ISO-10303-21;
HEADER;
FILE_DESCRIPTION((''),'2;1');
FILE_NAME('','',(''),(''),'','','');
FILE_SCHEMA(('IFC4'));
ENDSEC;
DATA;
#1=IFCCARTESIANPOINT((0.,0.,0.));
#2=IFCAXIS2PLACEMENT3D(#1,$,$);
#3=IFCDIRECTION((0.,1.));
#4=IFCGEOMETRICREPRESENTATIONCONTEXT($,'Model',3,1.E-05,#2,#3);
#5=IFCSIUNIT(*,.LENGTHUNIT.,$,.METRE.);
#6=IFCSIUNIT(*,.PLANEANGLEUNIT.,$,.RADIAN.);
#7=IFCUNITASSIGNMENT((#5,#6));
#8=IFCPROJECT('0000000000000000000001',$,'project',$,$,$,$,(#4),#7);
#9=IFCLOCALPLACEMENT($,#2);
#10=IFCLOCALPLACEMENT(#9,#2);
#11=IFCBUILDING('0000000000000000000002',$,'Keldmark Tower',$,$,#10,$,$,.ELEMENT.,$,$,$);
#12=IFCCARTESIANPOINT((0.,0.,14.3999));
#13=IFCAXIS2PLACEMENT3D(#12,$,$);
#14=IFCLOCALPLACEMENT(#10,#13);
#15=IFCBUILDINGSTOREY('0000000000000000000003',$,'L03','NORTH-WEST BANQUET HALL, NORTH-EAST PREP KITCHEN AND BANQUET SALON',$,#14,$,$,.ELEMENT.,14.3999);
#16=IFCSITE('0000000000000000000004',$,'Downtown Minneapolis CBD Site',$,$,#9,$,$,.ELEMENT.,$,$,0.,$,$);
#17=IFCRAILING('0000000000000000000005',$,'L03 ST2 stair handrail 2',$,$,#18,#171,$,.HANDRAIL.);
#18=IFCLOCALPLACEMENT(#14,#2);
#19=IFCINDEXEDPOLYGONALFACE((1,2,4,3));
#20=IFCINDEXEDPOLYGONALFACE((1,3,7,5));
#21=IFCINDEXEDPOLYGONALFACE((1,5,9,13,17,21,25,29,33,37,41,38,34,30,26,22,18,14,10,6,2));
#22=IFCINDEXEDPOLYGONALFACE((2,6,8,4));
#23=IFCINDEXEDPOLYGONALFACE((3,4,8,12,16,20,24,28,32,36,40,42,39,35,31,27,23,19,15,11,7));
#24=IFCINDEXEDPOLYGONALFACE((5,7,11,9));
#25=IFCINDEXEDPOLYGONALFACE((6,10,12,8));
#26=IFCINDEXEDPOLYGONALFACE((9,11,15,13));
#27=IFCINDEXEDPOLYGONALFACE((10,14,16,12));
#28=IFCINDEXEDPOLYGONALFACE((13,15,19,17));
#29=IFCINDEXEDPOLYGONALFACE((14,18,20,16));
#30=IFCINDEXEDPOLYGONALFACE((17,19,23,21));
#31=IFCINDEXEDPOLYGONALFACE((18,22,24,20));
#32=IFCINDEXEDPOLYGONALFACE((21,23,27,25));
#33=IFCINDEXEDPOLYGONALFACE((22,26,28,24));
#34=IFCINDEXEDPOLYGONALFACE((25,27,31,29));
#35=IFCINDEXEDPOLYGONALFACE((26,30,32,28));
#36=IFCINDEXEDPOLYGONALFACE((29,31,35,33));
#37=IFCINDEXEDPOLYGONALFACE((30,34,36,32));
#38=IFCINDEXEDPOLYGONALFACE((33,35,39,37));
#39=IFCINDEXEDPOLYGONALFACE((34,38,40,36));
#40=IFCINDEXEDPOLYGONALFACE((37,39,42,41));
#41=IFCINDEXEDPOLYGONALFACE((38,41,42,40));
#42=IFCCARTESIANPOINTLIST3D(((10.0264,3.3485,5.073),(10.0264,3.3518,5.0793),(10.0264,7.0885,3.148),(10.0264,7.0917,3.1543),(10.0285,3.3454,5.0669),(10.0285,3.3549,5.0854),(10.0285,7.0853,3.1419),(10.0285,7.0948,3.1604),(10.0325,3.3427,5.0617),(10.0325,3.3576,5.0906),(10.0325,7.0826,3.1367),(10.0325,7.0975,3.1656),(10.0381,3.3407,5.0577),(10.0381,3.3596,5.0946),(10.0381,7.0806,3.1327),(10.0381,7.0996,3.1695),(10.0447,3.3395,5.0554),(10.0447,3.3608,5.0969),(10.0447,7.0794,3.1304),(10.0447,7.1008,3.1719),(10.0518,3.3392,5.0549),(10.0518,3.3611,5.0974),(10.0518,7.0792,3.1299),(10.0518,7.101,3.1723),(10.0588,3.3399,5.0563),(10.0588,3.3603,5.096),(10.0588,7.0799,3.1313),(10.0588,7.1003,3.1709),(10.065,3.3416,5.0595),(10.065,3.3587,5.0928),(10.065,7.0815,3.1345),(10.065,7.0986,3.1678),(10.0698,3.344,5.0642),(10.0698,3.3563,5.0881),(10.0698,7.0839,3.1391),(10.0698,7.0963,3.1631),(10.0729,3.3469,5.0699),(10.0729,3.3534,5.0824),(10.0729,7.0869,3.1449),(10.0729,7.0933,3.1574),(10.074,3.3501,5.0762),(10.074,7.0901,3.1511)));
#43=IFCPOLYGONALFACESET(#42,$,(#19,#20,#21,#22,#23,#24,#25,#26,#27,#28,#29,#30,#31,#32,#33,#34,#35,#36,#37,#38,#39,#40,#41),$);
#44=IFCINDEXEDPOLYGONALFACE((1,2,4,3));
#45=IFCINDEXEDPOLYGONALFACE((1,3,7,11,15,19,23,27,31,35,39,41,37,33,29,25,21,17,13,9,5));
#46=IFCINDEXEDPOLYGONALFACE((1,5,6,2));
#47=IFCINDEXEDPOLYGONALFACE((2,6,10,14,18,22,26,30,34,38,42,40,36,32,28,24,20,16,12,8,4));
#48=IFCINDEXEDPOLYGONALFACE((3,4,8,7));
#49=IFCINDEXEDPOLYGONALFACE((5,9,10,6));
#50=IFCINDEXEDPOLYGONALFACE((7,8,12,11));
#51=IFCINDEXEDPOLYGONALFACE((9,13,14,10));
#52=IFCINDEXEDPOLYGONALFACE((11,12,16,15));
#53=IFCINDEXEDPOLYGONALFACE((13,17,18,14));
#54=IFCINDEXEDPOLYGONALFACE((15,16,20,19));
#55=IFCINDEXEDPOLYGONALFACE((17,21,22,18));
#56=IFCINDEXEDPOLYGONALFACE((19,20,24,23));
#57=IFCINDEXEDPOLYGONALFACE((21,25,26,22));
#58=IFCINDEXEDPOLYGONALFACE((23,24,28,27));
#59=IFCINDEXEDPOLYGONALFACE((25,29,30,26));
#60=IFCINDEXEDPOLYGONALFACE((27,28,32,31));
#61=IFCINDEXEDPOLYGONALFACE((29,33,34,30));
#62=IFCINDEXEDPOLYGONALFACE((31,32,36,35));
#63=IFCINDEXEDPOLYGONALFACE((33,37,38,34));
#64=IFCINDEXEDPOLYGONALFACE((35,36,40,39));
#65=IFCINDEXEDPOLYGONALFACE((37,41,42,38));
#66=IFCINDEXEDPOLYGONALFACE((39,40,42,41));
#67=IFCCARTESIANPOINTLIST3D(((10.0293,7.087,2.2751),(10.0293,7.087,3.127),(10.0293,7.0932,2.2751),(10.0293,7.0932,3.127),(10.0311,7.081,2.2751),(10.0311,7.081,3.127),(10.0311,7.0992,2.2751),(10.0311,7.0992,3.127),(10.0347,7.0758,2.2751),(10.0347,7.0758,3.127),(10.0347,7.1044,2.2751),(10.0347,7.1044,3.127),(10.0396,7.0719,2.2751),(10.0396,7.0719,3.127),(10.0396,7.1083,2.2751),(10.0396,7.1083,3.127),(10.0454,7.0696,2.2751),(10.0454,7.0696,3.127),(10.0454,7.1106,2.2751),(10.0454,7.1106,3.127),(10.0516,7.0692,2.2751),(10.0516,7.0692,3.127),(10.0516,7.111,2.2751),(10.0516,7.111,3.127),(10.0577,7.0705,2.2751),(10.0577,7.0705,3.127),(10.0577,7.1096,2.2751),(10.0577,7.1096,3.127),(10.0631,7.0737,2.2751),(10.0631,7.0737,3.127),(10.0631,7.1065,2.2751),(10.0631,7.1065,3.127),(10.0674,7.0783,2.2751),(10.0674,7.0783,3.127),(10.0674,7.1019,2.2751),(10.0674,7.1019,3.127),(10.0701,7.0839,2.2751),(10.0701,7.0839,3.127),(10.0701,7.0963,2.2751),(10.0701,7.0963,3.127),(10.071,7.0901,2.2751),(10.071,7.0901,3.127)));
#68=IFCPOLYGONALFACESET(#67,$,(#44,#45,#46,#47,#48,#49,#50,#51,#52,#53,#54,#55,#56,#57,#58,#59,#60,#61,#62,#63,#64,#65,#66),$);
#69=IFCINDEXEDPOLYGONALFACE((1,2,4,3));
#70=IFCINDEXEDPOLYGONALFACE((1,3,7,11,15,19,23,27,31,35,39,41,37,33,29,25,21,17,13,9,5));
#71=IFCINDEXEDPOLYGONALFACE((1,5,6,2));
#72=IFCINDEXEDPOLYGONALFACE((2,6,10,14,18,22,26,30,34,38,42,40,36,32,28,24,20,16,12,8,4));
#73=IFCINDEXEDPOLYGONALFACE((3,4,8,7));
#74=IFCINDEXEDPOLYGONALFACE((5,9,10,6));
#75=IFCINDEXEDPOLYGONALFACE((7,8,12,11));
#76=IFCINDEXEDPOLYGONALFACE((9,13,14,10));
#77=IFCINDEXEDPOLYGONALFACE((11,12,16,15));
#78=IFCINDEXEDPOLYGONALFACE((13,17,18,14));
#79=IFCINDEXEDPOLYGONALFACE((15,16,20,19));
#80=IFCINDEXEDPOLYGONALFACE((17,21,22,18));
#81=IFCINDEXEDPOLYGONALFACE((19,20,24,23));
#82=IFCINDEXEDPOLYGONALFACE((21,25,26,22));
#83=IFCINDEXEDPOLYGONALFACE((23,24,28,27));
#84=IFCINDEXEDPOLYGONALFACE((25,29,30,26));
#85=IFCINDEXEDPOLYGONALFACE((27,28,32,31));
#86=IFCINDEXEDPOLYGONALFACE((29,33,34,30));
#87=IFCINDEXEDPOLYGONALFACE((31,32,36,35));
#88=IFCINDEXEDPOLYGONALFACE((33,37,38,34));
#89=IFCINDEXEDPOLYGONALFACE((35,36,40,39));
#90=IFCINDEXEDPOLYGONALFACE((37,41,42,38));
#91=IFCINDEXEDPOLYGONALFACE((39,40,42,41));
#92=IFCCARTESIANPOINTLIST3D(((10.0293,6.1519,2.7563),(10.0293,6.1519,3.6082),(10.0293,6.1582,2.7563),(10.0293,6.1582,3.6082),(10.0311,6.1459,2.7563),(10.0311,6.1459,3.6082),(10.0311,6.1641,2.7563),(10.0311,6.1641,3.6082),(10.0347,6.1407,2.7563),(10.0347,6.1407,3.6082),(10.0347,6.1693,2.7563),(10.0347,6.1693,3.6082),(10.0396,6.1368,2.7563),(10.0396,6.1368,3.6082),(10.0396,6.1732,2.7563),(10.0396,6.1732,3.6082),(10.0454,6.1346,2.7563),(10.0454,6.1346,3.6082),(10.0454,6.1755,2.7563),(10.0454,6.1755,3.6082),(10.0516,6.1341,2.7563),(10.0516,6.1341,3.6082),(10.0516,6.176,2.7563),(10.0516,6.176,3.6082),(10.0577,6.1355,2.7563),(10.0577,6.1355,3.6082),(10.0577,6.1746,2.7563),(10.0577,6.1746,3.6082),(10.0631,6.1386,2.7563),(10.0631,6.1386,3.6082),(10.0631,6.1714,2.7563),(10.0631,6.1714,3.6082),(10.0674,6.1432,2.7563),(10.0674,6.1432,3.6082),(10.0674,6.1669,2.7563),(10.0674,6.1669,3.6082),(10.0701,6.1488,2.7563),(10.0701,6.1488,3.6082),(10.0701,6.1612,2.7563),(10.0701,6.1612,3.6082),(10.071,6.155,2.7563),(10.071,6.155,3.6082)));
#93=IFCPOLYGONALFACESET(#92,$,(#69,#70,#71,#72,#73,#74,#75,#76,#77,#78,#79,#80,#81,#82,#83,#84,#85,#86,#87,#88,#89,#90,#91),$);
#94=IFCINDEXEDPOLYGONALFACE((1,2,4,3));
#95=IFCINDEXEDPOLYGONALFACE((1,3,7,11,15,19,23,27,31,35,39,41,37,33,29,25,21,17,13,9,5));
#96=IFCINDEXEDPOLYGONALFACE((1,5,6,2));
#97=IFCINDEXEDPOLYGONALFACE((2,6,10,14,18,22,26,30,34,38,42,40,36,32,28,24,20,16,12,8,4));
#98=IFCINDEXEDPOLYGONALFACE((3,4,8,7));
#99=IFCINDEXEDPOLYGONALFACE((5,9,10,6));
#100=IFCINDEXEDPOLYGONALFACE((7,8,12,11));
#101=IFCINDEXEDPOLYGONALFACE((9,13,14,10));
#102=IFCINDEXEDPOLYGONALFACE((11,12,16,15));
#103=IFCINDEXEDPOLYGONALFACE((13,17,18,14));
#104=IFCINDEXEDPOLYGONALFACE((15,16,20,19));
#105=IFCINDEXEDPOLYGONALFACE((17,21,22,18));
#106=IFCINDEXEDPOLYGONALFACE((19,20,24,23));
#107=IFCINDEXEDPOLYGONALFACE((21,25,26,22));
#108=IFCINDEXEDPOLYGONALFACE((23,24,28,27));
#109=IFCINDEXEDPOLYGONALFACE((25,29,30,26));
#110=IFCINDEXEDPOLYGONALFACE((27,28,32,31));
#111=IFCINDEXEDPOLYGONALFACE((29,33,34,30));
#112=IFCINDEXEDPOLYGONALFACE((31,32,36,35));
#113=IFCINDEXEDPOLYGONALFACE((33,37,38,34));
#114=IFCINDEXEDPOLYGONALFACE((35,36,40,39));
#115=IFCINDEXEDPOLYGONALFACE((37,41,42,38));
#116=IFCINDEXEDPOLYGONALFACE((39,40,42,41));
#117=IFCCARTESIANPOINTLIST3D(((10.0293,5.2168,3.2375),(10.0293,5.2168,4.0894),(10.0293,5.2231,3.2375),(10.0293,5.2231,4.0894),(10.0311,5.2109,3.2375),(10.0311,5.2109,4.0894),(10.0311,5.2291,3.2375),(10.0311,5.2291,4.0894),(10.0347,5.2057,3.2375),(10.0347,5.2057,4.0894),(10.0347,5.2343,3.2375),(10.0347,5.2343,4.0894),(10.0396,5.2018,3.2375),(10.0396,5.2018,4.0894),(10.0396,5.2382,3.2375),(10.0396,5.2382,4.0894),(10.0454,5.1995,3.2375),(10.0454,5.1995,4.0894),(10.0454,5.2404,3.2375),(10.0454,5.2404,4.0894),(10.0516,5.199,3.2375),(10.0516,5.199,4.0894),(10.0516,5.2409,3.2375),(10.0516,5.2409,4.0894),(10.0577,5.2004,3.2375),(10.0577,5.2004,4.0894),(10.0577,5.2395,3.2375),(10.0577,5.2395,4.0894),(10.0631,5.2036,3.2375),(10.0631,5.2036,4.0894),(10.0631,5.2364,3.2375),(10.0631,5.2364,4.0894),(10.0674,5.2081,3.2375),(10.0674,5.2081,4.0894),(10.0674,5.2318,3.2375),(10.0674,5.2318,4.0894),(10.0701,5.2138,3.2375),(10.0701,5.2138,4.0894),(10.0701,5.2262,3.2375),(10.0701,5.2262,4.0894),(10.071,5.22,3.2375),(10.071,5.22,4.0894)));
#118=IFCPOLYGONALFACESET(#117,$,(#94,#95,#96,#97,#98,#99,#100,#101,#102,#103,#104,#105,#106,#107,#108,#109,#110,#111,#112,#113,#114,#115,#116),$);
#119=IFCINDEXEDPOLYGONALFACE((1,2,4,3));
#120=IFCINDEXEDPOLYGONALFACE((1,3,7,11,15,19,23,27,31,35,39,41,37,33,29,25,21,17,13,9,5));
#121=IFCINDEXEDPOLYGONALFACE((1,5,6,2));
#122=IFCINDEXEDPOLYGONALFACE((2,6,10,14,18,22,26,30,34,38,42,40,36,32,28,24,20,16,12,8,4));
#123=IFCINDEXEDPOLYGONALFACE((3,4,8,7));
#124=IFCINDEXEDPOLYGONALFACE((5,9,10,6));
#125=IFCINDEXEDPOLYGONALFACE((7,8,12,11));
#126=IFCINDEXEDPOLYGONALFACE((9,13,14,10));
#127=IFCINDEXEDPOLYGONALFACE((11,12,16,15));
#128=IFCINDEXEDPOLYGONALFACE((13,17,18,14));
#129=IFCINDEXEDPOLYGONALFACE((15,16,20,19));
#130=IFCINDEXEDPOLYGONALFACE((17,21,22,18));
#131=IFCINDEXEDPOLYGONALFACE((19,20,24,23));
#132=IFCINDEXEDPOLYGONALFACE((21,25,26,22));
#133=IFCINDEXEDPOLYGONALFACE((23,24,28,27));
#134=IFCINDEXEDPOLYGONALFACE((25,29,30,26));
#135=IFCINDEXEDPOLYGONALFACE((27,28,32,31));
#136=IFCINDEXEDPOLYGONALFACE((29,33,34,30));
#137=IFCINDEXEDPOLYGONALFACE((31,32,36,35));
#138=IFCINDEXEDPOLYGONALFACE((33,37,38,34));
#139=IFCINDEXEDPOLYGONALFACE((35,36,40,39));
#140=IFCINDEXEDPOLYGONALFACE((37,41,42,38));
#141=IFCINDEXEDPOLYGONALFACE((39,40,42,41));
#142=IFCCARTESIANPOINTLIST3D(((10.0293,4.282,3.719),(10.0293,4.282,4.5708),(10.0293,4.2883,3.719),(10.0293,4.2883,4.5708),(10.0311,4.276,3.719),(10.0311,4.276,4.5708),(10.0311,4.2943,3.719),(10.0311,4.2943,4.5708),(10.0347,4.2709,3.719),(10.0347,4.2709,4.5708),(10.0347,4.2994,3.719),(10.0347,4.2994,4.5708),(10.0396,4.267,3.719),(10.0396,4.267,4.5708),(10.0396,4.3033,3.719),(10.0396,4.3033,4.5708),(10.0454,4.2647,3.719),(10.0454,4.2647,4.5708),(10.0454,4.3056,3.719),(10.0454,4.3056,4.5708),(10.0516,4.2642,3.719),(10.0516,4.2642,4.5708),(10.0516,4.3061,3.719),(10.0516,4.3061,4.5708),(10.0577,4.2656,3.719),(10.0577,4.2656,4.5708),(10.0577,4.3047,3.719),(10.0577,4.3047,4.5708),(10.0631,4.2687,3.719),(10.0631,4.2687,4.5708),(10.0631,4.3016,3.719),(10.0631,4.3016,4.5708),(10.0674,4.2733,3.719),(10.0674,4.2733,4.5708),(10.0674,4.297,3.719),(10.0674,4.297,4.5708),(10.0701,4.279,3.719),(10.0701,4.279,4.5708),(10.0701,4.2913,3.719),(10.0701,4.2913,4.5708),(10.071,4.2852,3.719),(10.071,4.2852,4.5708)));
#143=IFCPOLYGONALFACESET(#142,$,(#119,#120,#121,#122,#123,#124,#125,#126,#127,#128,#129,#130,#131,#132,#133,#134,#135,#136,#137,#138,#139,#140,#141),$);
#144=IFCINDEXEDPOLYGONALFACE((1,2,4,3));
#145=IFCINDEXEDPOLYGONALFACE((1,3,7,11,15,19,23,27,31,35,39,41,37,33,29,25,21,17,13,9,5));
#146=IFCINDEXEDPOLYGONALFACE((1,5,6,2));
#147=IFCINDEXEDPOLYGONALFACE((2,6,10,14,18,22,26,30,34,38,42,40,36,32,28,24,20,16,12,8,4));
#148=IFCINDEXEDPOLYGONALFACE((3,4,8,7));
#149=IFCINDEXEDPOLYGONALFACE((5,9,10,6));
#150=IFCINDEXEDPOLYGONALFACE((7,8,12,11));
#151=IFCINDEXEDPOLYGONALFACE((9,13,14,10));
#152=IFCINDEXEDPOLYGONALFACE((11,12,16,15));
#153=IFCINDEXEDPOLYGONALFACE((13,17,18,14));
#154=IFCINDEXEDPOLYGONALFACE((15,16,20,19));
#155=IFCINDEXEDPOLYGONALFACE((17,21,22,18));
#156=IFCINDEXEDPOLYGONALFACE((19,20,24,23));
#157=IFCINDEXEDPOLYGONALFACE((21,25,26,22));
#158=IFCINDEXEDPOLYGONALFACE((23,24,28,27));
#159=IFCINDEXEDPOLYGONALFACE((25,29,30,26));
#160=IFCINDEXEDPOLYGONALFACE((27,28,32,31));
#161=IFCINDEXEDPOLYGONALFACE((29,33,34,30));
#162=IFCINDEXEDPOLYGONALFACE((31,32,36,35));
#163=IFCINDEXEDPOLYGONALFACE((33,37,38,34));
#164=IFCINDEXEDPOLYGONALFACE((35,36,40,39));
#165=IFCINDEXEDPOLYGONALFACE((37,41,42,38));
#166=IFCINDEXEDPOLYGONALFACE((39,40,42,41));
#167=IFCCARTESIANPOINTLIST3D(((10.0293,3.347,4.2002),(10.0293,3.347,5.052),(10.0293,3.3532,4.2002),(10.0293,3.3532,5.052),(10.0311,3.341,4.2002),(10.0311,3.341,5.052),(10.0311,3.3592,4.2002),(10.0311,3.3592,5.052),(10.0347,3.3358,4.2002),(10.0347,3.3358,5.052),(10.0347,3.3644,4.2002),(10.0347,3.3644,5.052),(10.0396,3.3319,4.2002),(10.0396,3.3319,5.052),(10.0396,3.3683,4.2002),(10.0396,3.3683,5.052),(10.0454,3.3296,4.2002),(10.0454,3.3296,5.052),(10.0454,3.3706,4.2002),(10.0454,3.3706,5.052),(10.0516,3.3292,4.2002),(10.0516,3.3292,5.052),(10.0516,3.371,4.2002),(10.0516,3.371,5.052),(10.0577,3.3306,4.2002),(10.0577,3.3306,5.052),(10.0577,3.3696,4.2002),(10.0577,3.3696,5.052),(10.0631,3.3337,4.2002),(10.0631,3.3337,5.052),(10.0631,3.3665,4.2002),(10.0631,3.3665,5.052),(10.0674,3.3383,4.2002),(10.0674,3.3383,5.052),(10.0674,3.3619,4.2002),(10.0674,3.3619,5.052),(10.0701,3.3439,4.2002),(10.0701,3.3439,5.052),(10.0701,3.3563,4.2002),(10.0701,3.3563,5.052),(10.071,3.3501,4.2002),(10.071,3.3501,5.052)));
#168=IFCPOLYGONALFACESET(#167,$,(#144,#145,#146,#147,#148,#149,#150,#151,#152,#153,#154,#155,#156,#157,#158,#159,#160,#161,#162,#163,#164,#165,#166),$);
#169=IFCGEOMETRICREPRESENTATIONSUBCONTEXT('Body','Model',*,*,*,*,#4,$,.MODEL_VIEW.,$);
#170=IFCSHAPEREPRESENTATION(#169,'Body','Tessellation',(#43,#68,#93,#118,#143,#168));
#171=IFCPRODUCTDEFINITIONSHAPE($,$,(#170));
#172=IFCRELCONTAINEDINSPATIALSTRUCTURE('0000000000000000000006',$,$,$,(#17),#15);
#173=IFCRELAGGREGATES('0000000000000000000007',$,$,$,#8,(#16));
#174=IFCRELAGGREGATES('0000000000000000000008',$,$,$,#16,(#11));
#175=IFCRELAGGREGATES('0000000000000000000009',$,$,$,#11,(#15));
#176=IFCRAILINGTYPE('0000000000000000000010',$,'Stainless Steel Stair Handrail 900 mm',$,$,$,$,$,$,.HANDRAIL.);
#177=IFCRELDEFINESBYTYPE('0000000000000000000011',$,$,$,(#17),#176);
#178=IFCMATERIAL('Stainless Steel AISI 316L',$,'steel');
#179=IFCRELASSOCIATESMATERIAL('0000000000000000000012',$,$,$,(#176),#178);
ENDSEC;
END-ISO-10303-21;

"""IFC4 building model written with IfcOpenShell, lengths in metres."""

from ifc_helpers import new_model, si_unit, direction, frame, origin, origin_2d, place, context, subcontext, project, spatial, circle, extrude, material, type_object, element, save


model = new_model("IFC4")

# Units and contexts
model_context = context("Model", 3, precision=1e-05, world=origin(), true_north=direction((0.0, 1.0)))
body_context = subcontext(model_context, "Body", "Model", "MODEL_VIEW")
ifc_project = project(units=[si_unit("LENGTHUNIT", "METRE"), si_unit("PLANEANGLEUNIT", "RADIAN")], contexts=[model_context])

# Site, building, storey
site_placement = place(None, origin())
site = spatial("IfcSite", under=ifc_project, at=site_placement, Name="Downtown Minneapolis CBD Site", CompositionType="ELEMENT", RefElevation=0.0)
building_placement = place(site_placement, origin())
building = spatial("IfcBuilding", under=site, at=building_placement, Name="Keldmark Tower", CompositionType="ELEMENT")
storey_placement = place(building_placement, frame((0.0, 0.0, 14.3999)))
storey = spatial("IfcBuildingStorey", under=building, at=storey_placement, Name="L03", Description="NORTH-WEST BANQUET HALL, NORTH-EAST PREP KITCHEN AND BANQUET SALON", CompositionType="ELEMENT", Elevation=14.3999)

# Railing
ifc_material_1 = material(Name="Stainless Steel AISI 316L", Category="steel")
railing_type_1 = type_object("IfcRailingType", Name="Stainless Steel Stair Handrail 900 mm", PredefinedType="HANDRAIL", material=ifc_material_1)
railing_1_placement = place(storey_placement, frame((10.05, 7.0901, 2.2751)))
element("IfcRailing", 1, at=railing_1_placement, inside=storey, type_object=railing_type_1, Name="L03 ST2 stair handrail 2", PredefinedType="HANDRAIL", context=body_context, shape_type="SweptSolid", body=[
    extrude(circle(Radius=0.0239, at=origin_2d()), frame((0.0, 0.0, 0.876), z_axis=(0.0, -0.889131, 0.457654), x_axis=(1.0, 0.0, 0.0)), (0.0, 0.0, 1.0), 4.2063),
    extrude(circle(Radius=0.021, at=origin_2d()), origin(), (0.0, 0.0, 1.0), 0.8518),
    extrude(circle(Radius=0.021, at=origin_2d()), frame((0.0, -0.9351, 0.4812)), (0.0, 0.0, 1.0), 0.8518),
    extrude(circle(Radius=0.021, at=origin_2d()), frame((0.0, -1.8701, 0.9624)), (0.0, 0.0, 1.0), 0.8518),
    extrude(circle(Radius=0.021, at=origin_2d()), frame((0.0, -2.8049, 1.4438)), (0.0, 0.0, 1.0), 0.8518),
    extrude(circle(Radius=0.021, at=origin_2d()), frame((0.0, -3.74, 1.925)), (0.0, 0.0, 1.0), 0.8518),
])

save(model, "model.ifc")
